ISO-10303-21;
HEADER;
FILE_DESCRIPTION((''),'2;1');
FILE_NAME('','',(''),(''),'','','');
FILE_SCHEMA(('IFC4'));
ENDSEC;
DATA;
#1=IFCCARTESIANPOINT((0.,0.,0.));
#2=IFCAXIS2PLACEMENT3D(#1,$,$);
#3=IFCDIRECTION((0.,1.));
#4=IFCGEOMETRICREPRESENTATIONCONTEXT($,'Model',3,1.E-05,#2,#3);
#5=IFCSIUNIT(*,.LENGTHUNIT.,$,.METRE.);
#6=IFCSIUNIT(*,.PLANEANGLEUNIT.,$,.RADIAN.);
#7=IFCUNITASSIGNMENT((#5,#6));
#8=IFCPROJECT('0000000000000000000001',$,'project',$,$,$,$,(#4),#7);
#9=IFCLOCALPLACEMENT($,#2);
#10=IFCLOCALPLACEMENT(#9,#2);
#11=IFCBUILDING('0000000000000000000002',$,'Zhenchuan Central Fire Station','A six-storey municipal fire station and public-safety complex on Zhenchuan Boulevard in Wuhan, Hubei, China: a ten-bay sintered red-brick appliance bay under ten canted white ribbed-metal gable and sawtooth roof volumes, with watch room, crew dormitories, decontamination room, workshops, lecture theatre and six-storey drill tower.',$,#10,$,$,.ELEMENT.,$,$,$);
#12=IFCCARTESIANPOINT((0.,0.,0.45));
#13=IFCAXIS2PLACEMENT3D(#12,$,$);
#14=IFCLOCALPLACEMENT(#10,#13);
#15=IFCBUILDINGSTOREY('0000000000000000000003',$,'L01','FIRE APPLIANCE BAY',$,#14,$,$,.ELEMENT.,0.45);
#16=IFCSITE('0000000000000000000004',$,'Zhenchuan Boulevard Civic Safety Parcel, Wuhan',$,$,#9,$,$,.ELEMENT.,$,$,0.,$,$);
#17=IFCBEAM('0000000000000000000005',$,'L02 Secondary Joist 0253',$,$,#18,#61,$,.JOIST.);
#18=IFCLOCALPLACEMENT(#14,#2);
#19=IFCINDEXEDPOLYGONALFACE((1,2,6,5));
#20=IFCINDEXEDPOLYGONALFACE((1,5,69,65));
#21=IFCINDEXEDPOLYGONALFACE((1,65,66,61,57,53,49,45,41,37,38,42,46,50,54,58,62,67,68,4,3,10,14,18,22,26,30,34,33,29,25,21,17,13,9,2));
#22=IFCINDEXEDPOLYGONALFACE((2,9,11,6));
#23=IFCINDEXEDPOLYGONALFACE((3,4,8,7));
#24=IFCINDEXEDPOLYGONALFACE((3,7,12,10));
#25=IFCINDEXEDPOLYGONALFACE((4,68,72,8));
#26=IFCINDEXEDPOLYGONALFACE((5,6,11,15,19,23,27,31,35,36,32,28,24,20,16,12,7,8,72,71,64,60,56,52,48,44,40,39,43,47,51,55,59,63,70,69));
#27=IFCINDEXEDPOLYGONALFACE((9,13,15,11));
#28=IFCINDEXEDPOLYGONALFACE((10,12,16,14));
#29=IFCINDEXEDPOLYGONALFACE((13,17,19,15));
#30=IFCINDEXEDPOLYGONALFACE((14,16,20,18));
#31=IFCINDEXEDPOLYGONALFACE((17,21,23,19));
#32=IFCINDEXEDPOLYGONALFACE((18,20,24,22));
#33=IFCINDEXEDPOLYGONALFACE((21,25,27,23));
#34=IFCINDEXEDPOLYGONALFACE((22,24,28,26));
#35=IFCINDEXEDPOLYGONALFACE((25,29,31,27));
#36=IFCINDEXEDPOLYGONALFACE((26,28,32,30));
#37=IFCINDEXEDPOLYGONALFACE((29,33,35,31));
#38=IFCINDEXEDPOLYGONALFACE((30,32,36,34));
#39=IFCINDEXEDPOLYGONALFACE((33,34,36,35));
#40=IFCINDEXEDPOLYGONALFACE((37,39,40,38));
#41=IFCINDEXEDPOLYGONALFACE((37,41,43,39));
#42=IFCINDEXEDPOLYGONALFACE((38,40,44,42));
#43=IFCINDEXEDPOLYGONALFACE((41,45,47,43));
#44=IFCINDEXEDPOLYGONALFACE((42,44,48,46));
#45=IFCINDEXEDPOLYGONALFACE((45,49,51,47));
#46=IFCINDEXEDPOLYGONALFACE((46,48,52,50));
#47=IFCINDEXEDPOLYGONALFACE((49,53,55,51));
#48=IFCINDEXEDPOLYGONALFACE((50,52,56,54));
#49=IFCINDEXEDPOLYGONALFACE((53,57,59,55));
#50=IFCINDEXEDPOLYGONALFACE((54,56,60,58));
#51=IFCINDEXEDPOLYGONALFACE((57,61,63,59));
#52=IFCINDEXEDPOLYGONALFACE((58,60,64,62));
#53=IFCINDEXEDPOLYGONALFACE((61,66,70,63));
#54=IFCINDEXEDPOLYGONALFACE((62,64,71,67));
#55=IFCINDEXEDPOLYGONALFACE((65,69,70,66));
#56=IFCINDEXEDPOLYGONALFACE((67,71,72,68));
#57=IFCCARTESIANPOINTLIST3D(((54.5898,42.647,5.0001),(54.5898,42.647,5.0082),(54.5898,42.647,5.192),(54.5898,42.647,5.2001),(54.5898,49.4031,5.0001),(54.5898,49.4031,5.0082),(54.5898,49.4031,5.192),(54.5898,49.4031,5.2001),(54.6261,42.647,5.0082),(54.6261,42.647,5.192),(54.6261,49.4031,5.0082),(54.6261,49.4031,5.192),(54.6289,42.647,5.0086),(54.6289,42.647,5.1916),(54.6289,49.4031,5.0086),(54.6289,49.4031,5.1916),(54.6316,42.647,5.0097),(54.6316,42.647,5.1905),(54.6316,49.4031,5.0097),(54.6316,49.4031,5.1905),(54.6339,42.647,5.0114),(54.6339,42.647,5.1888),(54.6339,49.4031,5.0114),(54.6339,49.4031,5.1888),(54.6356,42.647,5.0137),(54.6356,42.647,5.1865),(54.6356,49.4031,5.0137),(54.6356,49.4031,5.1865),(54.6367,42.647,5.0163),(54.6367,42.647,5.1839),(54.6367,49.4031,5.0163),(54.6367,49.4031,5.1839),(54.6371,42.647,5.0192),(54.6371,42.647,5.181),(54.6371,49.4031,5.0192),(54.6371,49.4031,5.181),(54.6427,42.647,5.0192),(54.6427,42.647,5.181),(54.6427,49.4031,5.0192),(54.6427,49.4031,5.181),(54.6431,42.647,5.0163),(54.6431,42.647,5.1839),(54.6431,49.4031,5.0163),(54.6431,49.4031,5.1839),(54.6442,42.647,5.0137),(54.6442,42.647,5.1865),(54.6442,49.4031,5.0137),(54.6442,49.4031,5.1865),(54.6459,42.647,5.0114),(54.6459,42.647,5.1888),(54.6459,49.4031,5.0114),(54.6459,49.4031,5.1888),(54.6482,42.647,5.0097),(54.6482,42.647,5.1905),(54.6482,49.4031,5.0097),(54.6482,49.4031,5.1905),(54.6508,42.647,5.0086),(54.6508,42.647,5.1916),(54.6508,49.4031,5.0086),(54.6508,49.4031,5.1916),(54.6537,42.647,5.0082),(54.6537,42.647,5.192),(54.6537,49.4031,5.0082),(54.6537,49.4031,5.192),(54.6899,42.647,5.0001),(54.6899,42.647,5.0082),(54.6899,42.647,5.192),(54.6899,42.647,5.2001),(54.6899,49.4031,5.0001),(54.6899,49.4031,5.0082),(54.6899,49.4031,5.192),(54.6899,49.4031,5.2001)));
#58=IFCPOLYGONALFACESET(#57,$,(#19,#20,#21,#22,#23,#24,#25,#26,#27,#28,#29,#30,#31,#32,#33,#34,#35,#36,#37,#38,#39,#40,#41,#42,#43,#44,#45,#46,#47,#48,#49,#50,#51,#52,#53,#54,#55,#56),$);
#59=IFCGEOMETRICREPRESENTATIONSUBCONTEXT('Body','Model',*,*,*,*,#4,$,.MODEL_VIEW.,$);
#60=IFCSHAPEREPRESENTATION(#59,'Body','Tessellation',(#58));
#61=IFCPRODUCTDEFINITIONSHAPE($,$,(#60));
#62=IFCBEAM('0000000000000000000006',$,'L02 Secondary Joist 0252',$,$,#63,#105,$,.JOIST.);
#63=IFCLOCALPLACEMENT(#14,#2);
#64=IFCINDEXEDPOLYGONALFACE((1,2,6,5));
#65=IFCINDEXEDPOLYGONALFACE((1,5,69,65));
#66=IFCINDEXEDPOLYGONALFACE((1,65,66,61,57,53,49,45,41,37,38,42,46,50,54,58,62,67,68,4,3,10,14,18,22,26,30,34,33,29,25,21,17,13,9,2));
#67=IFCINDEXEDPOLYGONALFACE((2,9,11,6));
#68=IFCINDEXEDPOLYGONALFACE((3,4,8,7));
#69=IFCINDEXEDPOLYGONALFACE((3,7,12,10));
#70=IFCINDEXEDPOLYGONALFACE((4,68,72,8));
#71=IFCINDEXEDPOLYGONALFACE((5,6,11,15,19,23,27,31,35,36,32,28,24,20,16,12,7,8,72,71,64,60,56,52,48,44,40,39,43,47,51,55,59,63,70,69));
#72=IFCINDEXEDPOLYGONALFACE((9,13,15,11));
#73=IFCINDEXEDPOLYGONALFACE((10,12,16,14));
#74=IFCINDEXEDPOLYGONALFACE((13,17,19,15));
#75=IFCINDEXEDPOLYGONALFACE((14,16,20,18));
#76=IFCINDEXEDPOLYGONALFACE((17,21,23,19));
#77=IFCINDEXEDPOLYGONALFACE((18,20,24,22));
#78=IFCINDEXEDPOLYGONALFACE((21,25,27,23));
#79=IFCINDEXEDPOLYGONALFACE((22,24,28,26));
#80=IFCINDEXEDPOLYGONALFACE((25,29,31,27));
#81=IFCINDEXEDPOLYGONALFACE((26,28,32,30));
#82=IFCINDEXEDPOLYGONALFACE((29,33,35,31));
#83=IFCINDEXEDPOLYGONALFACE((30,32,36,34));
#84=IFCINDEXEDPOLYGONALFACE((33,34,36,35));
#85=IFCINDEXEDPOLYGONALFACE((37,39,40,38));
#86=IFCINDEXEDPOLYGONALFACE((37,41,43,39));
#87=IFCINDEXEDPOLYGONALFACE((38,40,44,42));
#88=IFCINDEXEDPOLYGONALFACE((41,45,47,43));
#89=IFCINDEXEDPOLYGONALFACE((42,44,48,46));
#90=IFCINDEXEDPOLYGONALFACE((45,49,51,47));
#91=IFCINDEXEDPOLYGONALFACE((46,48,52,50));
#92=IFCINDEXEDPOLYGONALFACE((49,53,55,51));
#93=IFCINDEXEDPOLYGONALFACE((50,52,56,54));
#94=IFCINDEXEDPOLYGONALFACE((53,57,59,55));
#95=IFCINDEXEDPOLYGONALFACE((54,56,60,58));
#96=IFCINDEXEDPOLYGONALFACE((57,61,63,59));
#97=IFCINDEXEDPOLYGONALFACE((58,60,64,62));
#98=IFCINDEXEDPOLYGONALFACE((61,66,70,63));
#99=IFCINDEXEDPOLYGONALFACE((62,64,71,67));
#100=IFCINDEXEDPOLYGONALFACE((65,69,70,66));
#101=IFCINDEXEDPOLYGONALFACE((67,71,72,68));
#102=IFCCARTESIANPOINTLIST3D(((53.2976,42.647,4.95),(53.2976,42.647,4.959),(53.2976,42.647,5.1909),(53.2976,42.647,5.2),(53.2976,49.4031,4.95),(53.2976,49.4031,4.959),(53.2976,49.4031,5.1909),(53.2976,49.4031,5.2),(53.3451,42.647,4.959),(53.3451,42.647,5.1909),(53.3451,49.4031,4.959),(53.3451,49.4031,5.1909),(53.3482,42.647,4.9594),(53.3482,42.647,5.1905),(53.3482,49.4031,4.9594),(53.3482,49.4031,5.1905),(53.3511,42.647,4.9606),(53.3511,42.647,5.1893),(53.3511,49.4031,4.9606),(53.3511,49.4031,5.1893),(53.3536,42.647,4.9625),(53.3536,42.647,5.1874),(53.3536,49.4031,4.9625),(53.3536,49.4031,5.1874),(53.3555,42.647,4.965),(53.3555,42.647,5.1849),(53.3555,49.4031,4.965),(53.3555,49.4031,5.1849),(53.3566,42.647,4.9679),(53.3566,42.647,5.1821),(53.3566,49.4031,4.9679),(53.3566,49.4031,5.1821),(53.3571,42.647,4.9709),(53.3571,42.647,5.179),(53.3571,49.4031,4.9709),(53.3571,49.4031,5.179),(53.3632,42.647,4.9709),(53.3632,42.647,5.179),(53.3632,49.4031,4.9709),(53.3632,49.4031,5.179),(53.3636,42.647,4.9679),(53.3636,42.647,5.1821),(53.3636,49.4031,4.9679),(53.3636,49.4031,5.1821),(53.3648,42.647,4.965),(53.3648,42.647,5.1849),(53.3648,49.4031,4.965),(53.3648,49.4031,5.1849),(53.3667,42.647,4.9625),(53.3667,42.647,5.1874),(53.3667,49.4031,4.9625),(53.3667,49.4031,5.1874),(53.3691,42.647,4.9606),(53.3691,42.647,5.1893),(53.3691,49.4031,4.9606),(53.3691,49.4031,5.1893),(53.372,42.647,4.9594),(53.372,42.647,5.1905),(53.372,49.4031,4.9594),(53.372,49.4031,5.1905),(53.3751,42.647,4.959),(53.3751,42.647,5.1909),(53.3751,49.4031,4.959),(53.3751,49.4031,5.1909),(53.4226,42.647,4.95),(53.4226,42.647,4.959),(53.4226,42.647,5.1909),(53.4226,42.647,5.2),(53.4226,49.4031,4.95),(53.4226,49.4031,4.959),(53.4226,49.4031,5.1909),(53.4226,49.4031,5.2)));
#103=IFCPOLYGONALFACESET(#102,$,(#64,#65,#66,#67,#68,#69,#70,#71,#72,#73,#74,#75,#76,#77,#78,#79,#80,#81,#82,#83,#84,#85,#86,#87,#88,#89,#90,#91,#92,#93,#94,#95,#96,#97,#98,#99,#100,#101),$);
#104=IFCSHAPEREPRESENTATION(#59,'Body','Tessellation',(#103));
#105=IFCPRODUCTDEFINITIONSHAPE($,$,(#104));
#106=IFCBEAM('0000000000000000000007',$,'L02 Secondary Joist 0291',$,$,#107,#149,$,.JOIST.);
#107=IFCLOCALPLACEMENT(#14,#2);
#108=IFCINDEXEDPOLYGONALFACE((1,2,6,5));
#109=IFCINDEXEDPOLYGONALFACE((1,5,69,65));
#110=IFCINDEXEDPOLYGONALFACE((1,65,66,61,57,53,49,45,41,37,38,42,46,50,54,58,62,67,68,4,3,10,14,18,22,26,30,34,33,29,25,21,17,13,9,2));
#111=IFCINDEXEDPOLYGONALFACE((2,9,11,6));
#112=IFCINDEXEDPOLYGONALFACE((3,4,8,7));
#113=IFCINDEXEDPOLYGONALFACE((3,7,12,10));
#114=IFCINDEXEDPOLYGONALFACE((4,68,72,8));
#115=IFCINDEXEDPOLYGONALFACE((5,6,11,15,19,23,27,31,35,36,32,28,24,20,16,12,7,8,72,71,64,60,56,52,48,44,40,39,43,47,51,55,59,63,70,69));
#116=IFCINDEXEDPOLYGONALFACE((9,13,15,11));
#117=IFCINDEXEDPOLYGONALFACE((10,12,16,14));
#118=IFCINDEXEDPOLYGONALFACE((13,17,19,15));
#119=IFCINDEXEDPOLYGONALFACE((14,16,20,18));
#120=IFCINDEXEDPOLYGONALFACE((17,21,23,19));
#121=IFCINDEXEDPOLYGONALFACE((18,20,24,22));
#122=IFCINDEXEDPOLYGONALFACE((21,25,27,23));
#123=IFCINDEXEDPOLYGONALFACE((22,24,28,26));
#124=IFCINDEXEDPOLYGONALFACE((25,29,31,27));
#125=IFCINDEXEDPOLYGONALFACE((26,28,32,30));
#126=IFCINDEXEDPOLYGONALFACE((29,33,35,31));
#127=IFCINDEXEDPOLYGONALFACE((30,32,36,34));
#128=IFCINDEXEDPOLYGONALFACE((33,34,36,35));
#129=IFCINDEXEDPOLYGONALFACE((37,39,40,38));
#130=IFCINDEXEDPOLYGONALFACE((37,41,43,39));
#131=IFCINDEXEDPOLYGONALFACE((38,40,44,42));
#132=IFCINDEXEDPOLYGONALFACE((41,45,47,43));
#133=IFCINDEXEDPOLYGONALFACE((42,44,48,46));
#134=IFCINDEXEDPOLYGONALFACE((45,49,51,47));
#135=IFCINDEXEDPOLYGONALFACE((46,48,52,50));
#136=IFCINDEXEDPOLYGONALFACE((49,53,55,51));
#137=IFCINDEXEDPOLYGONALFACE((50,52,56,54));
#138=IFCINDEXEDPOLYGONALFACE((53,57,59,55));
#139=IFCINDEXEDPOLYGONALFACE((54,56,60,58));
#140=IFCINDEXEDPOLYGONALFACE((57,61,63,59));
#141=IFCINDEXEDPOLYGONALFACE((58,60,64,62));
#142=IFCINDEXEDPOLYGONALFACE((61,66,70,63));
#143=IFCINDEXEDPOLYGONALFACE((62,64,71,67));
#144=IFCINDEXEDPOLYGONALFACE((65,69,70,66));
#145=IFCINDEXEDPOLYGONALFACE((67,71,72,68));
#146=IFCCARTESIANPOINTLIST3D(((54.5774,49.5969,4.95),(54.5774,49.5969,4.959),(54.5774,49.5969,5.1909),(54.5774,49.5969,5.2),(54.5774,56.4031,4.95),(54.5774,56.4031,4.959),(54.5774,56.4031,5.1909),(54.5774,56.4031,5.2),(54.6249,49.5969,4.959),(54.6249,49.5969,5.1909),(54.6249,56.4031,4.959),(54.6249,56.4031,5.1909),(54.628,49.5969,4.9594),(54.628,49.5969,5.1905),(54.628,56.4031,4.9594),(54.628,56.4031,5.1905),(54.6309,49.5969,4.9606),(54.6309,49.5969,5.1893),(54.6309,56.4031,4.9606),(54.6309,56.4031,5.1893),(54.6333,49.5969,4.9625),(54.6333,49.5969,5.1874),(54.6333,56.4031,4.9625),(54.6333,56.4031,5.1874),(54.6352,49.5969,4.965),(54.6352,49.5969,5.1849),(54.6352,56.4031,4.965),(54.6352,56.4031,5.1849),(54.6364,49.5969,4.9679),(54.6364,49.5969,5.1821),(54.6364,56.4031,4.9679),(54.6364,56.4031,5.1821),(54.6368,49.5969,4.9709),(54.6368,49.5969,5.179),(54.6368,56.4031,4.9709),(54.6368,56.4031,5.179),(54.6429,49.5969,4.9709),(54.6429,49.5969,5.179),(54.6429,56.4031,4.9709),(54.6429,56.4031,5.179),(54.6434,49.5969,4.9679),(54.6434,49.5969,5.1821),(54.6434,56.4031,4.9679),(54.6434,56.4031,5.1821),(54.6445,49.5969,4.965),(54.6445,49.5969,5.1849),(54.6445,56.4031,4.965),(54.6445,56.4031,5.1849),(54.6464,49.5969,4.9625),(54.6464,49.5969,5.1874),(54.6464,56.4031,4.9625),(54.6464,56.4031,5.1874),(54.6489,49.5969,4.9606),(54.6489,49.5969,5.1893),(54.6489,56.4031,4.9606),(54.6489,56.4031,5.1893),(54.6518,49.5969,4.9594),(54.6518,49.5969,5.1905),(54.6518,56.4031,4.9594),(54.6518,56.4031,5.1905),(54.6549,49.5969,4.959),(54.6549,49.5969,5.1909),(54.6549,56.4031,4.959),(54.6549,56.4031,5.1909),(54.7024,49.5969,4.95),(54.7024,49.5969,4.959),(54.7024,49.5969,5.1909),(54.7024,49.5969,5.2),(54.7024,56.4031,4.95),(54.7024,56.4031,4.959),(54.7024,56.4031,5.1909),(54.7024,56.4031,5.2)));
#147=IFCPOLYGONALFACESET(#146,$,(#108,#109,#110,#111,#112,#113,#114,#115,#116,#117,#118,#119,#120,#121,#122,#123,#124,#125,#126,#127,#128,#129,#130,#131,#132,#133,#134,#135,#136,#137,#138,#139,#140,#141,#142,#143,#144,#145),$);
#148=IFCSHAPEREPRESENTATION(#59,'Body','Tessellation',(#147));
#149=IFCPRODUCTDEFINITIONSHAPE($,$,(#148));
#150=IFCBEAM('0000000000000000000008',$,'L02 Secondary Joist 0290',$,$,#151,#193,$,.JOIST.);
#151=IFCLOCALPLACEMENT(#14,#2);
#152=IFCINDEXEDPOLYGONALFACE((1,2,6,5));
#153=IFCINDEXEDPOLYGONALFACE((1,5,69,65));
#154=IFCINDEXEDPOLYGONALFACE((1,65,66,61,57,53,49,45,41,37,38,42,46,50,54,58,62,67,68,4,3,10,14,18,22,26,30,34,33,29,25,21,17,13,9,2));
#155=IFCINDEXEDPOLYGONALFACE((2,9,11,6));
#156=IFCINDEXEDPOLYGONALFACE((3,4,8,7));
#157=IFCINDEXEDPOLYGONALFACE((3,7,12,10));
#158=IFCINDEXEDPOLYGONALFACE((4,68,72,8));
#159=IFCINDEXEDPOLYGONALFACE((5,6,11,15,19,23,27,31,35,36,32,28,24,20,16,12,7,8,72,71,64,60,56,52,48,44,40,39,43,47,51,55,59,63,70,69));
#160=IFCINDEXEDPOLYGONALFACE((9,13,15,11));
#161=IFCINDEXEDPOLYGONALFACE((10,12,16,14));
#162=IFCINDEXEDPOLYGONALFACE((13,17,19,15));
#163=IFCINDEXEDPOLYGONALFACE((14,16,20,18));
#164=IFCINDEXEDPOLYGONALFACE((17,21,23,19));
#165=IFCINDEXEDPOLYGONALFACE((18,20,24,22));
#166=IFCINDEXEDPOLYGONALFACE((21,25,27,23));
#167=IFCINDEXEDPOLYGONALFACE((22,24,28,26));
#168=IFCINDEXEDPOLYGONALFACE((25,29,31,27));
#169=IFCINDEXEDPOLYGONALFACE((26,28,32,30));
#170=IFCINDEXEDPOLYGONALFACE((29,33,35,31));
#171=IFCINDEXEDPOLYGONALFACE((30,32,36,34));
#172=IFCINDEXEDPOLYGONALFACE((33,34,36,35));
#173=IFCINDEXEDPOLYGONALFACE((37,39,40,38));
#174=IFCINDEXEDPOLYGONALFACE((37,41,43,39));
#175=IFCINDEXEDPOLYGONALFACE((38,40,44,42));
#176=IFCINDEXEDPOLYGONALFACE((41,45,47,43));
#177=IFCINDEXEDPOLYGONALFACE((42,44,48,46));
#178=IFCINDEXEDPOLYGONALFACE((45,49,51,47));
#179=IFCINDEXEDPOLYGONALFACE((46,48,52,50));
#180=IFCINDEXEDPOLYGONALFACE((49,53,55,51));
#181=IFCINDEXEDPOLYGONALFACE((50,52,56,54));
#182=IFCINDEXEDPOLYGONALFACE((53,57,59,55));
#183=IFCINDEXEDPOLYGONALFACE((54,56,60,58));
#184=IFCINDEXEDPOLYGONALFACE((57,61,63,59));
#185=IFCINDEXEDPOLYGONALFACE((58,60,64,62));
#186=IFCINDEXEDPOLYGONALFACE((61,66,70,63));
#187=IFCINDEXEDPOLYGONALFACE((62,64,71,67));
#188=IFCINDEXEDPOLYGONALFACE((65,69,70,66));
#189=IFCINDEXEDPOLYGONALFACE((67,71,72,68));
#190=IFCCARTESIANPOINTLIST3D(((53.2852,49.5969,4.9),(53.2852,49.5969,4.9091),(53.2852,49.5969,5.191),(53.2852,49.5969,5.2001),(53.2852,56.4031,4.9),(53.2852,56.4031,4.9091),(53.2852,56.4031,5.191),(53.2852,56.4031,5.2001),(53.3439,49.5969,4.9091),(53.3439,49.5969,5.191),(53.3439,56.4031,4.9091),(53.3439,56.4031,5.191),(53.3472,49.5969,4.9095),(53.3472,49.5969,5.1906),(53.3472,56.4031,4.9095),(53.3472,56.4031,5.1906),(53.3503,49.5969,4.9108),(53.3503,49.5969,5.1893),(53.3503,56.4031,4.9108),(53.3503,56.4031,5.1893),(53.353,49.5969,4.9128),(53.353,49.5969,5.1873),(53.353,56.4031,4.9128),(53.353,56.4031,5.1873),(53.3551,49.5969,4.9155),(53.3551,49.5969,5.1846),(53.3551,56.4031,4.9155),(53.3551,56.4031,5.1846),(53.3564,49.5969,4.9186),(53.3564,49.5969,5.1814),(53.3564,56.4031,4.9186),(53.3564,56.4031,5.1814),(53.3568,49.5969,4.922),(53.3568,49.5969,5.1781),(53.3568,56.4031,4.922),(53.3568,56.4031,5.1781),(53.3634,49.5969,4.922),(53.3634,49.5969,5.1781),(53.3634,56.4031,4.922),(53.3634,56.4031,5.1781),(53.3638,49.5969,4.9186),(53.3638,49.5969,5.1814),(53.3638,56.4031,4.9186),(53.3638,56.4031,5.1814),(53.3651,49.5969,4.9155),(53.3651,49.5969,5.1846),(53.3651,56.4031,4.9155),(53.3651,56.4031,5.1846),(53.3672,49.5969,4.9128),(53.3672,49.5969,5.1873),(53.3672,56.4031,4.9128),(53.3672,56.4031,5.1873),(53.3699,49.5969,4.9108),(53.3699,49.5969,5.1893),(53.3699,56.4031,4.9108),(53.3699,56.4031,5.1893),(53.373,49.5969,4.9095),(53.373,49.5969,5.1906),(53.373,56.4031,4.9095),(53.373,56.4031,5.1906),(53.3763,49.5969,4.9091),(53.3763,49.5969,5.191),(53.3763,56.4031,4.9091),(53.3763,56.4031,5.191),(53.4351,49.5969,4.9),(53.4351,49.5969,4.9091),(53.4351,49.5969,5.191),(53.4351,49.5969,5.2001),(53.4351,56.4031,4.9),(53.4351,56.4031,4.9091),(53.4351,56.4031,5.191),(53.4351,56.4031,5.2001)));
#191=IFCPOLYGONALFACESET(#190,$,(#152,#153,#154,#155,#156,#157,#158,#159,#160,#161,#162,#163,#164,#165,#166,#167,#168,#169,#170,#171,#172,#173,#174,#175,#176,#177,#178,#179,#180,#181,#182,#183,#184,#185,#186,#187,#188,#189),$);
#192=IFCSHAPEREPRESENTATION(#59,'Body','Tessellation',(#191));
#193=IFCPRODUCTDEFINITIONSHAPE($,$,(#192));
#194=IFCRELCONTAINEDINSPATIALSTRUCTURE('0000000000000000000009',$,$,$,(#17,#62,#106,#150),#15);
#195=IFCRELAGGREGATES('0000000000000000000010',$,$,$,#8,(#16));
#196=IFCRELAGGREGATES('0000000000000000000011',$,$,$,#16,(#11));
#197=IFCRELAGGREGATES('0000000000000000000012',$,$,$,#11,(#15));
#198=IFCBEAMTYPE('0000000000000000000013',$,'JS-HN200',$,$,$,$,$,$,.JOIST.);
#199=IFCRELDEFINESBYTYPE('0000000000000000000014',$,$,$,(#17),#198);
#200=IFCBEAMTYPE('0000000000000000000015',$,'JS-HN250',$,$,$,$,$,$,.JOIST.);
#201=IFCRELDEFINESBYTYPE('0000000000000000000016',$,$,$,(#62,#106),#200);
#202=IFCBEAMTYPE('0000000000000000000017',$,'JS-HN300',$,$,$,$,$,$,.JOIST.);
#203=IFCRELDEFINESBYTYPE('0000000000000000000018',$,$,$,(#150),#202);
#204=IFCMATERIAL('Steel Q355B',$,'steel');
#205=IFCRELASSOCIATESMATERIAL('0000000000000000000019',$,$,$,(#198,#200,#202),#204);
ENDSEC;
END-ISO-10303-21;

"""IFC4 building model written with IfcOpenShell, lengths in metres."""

from ifc_helpers import new_model, si_unit, direction, frame, origin, origin_2d, place, context, subcontext, project, spatial, i_section, extrude, material, material_profile, profile_set, type_object, element, save


model = new_model("IFC4")

# Units and contexts
model_context = context("Model", 3, precision=1e-05, world=origin(), true_north=direction((0.0, 1.0)))
body_context = subcontext(model_context, "Body", "Model", "MODEL_VIEW")
ifc_project = project(units=[si_unit("LENGTHUNIT", "METRE"), si_unit("PLANEANGLEUNIT", "RADIAN")], contexts=[model_context])

# Site, building, storey
site_placement = place(None, origin())
site = spatial("IfcSite", under=ifc_project, at=site_placement, Name="Zhenchuan Boulevard Civic Safety Parcel, Wuhan", CompositionType="ELEMENT", RefElevation=0.0)
building_placement = place(site_placement, origin())
building = spatial("IfcBuilding", under=site, at=building_placement, Name="Zhenchuan Central Fire Station", Description="A six-storey municipal fire station and public-safety complex on Zhenchuan Boulevard in Wuhan, Hubei, China: a ten-bay sintered red-brick appliance bay under ten canted white ribbed-metal gable and sawtooth roof volumes, with watch room, crew dormitories, decontamination room, workshops, lecture theatre and six-storey drill tower.", CompositionType="ELEMENT")
storey_placement = place(building_placement, frame((0.0, 0.0, 0.45)))
storey = spatial("IfcBuildingStorey", under=building, at=storey_placement, Name="L01", Description="FIRE APPLIANCE BAY", CompositionType="ELEMENT", Elevation=0.45)

# Shared definitions
ifc_material_1 = material(Name="Steel Q355B", Category="steel")

# Beams
ifc_material_profile_1 = material_profile(ifc_material_1, i_section(OverallWidth=0.1001, OverallDepth=0.2, WebThickness=0.0056, FlangeThickness=0.0081, FilletRadius=0.011, at=origin_2d()), Name="HN 200x100")
ifc_profile_set_1 = profile_set([ifc_material_profile_1], Name="Steel Q355B")
beam_type_1 = type_object("IfcBeamType", Name="JS-HN200", PredefinedType="JOIST", material=ifc_profile_set_1)
beam_1_placement = place(storey_placement, frame((54.6399, 42.647, 5.1001), z_axis=(0.0, 1.0, 0.0), x_axis=(-1.0, 0.0, 0.0)))
element("IfcBeam", 1, at=beam_1_placement, inside=storey, type_object=beam_type_1, Name="L02 Secondary Joist 0253", PredefinedType="JOIST", context=body_context, shape_type="SweptSolid", body=[
    extrude(i_section(OverallWidth=0.1001, OverallDepth=0.2, WebThickness=0.0056, FlangeThickness=0.0081, FilletRadius=0.011, at=origin_2d()), origin(), (0.0, 0.0, 1.0), 6.7561),
])
ifc_material_profile_2 = material_profile(ifc_material_1, i_section(OverallWidth=0.125, OverallDepth=0.25, WebThickness=0.0061, FlangeThickness=0.009, FilletRadius=0.012, at=origin_2d()), Name="HN 250x125")
ifc_profile_set_2 = profile_set([ifc_material_profile_2], Name="Steel Q355B")
beam_type_2 = type_object("IfcBeamType", Name="JS-HN250", PredefinedType="JOIST", material=ifc_profile_set_2)
beam_2_placement = place(storey_placement, frame((53.3601, 42.647, 5.075), z_axis=(0.0, 1.0, 0.0), x_axis=(-1.0, 0.0, 0.0)))
element("IfcBeam", 2, at=beam_2_placement, inside=storey, type_object=beam_type_2, Name="L02 Secondary Joist 0252", PredefinedType="JOIST", context=body_context, shape_type="SweptSolid", body=[
    extrude(i_section(OverallWidth=0.125, OverallDepth=0.25, WebThickness=0.0061, FlangeThickness=0.009, FilletRadius=0.012, at=origin_2d()), origin(), (0.0, 0.0, 1.0), 6.7561),
])
beam_3_placement = place(storey_placement, frame((54.6399, 49.5969, 5.075), z_axis=(0.0, 1.0, 0.0), x_axis=(-1.0, 0.0, 0.0)))
element("IfcBeam", 3, at=beam_3_placement, inside=storey, type_object=beam_type_2, Name="L02 Secondary Joist 0291", PredefinedType="JOIST", context=body_context, shape_type="SweptSolid", body=[
    extrude(i_section(OverallWidth=0.125, OverallDepth=0.25, WebThickness=0.0061, FlangeThickness=0.009, FilletRadius=0.012, at=origin_2d()), origin(), (0.0, 0.0, 1.0), 6.8062),
])
ifc_material_profile_3 = material_profile(ifc_material_1, i_section(OverallWidth=0.1499, OverallDepth=0.3, WebThickness=0.0066, FlangeThickness=0.009, FilletRadius=0.0129, at=origin_2d()), Name="HN 300x150")
ifc_profile_set_3 = profile_set([ifc_material_profile_3], Name="Steel Q355B")
beam_type_3 = type_object("IfcBeamType", Name="JS-HN300", PredefinedType="JOIST", material=ifc_profile_set_3)
beam_4_placement = place(storey_placement, frame((53.3601, 49.5969, 5.05), z_axis=(0.0, 1.0, 0.0), x_axis=(-1.0, 0.0, 0.0)))
element("IfcBeam", 4, at=beam_4_placement, inside=storey, type_object=beam_type_3, Name="L02 Secondary Joist 0290", PredefinedType="JOIST", context=body_context, shape_type="SweptSolid", body=[
    extrude(i_section(OverallWidth=0.1499, OverallDepth=0.3, WebThickness=0.0066, FlangeThickness=0.009, FilletRadius=0.0129, at=origin_2d()), origin(), (0.0, 0.0, 1.0), 6.8062),
])

save(model, "model.ifc")
